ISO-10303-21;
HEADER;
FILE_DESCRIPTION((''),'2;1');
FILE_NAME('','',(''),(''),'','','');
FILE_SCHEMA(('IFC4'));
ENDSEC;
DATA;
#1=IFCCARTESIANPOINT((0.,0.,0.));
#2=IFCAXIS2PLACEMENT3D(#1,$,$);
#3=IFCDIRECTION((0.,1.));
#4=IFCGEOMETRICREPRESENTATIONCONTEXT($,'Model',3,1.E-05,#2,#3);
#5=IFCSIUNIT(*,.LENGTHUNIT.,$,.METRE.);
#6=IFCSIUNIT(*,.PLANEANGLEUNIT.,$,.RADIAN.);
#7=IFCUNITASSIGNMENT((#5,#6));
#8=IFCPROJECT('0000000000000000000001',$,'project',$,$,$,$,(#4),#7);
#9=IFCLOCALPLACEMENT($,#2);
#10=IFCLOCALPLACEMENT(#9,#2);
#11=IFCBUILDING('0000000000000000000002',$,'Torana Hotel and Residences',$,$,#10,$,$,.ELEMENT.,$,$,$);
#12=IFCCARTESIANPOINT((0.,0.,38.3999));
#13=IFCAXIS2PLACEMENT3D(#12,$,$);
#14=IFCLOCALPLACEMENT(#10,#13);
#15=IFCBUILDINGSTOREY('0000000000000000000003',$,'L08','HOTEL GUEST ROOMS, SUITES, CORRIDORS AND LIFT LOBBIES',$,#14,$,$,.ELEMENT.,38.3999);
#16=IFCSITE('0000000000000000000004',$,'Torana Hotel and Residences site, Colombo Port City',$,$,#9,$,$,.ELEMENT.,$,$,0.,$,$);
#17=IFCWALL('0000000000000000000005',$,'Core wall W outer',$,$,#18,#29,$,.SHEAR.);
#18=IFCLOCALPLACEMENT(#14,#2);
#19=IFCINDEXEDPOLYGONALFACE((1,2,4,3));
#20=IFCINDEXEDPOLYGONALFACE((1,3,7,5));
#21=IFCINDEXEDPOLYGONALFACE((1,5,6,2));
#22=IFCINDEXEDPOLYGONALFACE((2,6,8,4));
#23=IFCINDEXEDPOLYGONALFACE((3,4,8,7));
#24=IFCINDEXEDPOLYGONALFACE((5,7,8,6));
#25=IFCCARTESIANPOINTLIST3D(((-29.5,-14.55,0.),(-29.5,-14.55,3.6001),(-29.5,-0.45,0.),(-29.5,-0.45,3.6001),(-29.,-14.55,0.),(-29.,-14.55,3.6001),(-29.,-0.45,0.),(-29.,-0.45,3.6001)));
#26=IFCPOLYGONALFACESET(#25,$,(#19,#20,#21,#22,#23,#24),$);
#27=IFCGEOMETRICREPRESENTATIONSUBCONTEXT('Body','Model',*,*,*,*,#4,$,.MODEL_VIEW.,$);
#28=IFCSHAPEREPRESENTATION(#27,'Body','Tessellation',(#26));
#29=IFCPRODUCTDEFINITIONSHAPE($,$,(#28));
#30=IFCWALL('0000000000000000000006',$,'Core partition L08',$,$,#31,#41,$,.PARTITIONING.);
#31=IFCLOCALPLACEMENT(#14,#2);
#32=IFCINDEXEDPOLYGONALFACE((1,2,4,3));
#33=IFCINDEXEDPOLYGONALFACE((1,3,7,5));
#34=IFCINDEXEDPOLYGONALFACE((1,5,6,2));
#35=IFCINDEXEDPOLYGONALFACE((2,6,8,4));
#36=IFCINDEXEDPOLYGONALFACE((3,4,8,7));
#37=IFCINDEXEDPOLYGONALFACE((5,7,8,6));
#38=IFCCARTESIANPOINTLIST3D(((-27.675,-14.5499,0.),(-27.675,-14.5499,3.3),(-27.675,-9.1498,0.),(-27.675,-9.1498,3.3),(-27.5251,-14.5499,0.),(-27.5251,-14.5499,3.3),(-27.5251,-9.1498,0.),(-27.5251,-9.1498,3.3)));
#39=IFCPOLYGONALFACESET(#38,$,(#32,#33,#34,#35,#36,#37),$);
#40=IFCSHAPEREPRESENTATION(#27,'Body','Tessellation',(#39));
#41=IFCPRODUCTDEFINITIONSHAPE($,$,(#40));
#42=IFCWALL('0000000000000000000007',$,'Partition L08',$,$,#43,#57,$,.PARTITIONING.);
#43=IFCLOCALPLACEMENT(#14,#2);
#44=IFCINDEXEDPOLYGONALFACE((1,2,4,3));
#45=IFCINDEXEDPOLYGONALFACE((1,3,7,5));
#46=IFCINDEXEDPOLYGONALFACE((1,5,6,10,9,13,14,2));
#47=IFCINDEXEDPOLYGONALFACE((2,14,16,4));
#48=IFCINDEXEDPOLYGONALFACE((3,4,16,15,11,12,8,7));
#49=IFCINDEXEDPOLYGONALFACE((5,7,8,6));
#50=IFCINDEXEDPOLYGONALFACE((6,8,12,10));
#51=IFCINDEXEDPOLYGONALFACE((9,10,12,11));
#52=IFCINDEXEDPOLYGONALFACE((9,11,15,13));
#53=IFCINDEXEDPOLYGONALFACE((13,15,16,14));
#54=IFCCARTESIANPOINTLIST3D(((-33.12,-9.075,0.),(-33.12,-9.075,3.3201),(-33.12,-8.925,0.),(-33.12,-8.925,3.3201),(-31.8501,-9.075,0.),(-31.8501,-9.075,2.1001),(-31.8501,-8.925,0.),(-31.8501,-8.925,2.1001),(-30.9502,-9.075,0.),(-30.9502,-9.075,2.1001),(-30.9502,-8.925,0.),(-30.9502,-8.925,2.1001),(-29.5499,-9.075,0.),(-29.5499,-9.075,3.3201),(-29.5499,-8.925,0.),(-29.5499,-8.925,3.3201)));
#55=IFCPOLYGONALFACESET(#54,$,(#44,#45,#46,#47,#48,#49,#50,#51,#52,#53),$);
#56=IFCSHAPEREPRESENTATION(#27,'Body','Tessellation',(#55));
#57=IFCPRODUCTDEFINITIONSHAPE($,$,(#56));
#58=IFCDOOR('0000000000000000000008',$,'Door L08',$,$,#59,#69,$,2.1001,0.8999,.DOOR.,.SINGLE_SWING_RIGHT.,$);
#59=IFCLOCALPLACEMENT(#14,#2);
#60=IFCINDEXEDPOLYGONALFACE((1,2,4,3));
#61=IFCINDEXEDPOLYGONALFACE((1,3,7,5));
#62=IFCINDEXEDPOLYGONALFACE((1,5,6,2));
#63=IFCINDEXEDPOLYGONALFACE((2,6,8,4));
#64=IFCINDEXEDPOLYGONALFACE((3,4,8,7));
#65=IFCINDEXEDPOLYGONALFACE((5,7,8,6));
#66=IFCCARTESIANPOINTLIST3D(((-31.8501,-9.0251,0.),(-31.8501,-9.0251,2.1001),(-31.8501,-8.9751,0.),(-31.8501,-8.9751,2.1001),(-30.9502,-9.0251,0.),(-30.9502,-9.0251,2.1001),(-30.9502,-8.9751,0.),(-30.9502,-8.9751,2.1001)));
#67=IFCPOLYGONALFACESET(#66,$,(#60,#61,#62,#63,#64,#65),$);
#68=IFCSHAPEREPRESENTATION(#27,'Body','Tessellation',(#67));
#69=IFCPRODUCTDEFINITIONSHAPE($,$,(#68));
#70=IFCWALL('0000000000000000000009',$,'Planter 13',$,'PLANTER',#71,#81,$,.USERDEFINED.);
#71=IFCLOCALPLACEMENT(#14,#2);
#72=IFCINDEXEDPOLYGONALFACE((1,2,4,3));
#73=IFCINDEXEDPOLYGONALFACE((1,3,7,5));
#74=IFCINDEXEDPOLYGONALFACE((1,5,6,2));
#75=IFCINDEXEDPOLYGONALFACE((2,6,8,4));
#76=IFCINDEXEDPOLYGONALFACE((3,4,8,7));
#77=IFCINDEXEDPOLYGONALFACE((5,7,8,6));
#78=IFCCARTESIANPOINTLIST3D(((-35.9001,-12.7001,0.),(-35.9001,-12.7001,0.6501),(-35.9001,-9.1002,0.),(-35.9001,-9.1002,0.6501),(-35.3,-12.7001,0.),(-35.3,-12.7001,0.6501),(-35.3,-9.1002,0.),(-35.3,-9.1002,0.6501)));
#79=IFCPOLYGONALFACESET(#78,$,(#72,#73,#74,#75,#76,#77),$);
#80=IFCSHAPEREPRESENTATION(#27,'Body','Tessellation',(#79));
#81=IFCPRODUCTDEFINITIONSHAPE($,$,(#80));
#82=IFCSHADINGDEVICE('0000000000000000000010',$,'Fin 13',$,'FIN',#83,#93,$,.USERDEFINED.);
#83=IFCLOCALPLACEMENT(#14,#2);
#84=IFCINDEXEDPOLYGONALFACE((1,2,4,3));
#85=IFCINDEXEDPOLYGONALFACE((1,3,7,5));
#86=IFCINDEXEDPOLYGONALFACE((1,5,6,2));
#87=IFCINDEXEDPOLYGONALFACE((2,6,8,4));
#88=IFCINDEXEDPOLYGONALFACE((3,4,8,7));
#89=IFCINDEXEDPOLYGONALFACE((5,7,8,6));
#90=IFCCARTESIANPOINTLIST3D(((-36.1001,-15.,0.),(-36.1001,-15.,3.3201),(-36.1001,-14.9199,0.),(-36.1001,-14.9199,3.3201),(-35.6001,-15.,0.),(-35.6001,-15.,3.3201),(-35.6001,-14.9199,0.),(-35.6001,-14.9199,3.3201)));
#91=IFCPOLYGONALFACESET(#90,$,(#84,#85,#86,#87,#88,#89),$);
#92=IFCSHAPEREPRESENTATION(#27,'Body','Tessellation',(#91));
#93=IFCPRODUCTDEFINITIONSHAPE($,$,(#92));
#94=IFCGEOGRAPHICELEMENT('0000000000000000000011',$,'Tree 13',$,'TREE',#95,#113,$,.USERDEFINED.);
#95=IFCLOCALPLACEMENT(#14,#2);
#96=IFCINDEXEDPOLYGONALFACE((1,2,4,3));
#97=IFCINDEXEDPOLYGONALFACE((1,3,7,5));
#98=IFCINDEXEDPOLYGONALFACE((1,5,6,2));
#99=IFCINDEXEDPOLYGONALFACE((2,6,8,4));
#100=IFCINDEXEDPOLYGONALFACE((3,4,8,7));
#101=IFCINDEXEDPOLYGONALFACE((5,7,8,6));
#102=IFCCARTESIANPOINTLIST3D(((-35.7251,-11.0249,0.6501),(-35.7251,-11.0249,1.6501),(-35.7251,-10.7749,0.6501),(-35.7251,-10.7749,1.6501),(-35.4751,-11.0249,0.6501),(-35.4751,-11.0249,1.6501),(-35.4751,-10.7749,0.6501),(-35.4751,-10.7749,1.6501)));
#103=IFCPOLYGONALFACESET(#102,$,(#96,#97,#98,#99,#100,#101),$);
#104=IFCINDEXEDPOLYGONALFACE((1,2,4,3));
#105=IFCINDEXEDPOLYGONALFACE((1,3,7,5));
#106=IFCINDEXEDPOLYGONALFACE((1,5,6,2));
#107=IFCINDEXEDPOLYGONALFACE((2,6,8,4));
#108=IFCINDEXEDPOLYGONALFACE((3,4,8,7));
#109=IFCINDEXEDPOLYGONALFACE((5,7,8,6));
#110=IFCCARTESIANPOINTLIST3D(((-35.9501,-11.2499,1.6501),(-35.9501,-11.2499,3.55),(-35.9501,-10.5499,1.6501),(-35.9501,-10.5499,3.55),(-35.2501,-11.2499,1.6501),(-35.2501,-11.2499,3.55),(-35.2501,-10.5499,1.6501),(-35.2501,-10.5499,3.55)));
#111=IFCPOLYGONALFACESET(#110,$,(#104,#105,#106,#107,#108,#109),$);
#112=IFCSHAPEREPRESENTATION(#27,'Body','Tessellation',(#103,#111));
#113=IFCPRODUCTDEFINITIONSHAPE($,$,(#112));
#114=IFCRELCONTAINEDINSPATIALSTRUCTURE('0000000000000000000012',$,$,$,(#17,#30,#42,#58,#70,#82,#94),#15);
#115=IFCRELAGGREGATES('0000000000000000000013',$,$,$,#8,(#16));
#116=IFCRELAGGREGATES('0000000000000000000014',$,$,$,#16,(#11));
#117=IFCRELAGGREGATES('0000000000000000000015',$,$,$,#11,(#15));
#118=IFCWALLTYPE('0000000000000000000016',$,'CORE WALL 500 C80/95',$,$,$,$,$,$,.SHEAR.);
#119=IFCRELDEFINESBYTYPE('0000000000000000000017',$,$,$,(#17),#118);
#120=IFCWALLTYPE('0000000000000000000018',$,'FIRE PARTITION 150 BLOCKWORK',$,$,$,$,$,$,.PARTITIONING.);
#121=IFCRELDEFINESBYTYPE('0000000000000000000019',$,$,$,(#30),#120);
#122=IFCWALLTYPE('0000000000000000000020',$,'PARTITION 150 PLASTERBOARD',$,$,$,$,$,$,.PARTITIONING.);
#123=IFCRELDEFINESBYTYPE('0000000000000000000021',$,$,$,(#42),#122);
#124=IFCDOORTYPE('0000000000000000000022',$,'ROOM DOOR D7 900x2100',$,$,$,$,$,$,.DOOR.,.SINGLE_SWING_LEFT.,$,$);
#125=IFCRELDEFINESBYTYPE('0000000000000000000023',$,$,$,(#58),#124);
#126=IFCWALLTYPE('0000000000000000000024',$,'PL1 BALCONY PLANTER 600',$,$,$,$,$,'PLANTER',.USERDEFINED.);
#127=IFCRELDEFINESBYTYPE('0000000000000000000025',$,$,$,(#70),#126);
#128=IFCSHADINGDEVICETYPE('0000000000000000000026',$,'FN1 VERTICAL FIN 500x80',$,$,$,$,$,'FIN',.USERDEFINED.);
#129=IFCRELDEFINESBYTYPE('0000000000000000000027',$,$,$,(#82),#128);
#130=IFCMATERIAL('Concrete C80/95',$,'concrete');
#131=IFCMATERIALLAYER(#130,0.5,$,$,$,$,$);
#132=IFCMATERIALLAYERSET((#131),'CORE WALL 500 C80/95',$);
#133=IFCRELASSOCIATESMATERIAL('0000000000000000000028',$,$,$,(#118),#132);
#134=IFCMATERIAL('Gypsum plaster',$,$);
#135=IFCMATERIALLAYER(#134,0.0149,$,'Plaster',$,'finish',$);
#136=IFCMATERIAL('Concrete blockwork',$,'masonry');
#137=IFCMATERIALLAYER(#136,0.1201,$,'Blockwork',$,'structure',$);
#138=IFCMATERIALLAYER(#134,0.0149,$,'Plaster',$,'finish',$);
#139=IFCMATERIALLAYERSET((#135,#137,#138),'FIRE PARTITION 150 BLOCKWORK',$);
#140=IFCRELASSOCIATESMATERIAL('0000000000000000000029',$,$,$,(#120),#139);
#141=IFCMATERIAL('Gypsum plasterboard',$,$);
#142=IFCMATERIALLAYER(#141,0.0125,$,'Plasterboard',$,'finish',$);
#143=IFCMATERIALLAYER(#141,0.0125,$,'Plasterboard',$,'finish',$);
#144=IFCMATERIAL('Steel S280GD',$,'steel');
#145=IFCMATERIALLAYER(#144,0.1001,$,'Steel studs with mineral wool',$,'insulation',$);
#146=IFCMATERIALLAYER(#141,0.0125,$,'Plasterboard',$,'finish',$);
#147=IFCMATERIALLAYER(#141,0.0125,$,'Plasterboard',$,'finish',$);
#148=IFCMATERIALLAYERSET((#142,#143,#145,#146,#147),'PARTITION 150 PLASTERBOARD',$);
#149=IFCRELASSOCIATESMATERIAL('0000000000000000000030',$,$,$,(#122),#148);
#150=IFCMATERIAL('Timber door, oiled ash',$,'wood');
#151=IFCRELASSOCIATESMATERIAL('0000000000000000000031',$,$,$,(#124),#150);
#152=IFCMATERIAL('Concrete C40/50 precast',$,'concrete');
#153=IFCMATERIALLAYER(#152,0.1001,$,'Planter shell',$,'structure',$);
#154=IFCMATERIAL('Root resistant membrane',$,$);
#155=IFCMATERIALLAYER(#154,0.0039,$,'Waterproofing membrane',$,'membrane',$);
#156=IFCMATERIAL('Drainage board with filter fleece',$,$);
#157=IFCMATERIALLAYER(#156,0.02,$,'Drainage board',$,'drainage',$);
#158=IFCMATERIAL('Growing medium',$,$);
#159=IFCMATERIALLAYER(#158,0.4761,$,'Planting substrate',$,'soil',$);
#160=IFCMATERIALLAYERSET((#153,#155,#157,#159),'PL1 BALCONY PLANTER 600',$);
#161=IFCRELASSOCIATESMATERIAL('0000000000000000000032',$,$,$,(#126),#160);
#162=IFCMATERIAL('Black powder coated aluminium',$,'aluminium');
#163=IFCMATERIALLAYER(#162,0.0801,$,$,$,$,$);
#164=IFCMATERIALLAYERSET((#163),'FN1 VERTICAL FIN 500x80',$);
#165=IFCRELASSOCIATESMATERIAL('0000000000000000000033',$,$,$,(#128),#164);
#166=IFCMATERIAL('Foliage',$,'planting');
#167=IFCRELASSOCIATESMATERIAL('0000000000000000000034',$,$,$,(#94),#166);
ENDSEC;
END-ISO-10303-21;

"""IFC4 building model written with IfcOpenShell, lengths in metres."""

from ifc_helpers import new_model, si_unit, direction, frame, frame_2d, origin, origin_2d, place, context, subcontext, project, spatial, rectangle, extrude, material, layer, layer_set, type_object, element, fill, save


model = new_model("IFC4")

# Units and contexts
model_context = context("Model", 3, precision=1e-05, world=origin(), true_north=direction((0.0, 1.0)))
body_context = subcontext(model_context, "Body", "Model", "MODEL_VIEW")
ifc_project = project(units=[si_unit("LENGTHUNIT", "METRE"), si_unit("PLANEANGLEUNIT", "RADIAN")], contexts=[model_context])

# Site, building, storey
site_placement = place(None, origin())
site = spatial("IfcSite", under=ifc_project, at=site_placement, Name="Torana Hotel and Residences site, Colombo Port City", CompositionType="ELEMENT", RefElevation=0.0)
building_placement = place(site_placement, origin())
building = spatial("IfcBuilding", under=site, at=building_placement, Name="Torana Hotel and Residences", CompositionType="ELEMENT")
storey_placement = place(building_placement, frame((0.0, 0.0, 38.3999)))
storey = spatial("IfcBuildingStorey", under=building, at=storey_placement, Name="L08", Description="HOTEL GUEST ROOMS, SUITES, CORRIDORS AND LIFT LOBBIES", CompositionType="ELEMENT", Elevation=38.3999)

# Walls
ifc_material_1 = material(Name="Concrete C80/95", Category="concrete")
ifc_layer_1 = layer(ifc_material_1, 0.5)
ifc_layer_set_1 = layer_set([ifc_layer_1], Name="CORE WALL 500 C80/95")
wall_type_1 = type_object("IfcWallType", Name="CORE WALL 500 C80/95", PredefinedType="SHEAR", material=ifc_layer_set_1)
wall_1_placement = place(storey_placement, frame((-29.25, -14.55, 0.0), z_axis=(0.0, 0.0, 1.0), x_axis=(0.0, 1.0, 0.0)))
element("IfcWall", 1, at=wall_1_placement, inside=storey, type_object=wall_type_1, Name="Core wall W outer", PredefinedType="SHEAR", context=body_context, shape_type="SweptSolid", body=[
    extrude(rectangle(XDim=14.1001, YDim=0.5, at=frame_2d((7.05, 0.0))), origin(), (0.0, 0.0, 1.0), 3.6001),
])
ifc_material_2 = material(Name="Gypsum plaster")
ifc_layer_2 = layer(ifc_material_2, 0.0149, Name="Plaster", Category="finish")
ifc_material_3 = material(Name="Concrete blockwork", Category="masonry")
ifc_layer_3 = layer(ifc_material_3, 0.1201, Name="Blockwork", Category="structure")
ifc_layer_4 = layer(ifc_material_2, 0.0149, Name="Plaster", Category="finish")
ifc_layer_set_2 = layer_set([ifc_layer_2, ifc_layer_3, ifc_layer_4], Name="FIRE PARTITION 150 BLOCKWORK")
wall_type_2 = type_object("IfcWallType", Name="FIRE PARTITION 150 BLOCKWORK", PredefinedType="PARTITIONING", material=ifc_layer_set_2)
wall_2_placement = place(storey_placement, frame((-27.6001, -14.55, 0.0), z_axis=(0.0, 0.0, 1.0), x_axis=(0.0, 1.0, 0.0)))
element("IfcWall", 2, at=wall_2_placement, inside=storey, type_object=wall_type_2, Name="Core partition L08", PredefinedType="PARTITIONING", context=body_context, shape_type="SweptSolid", body=[
    extrude(rectangle(XDim=5.4001, YDim=0.1499, at=frame_2d((2.7002, 0.0))), origin(), (0.0, 0.0, 1.0), 3.3),
])

# Wall, opening, door
ifc_material_4 = material(Name="Gypsum plasterboard")
ifc_layer_5 = layer(ifc_material_4, 0.0125, Name="Plasterboard", Category="finish")
ifc_layer_6 = layer(ifc_material_4, 0.0125, Name="Plasterboard", Category="finish")
ifc_material_5 = material(Name="Steel S280GD", Category="steel")
ifc_layer_7 = layer(ifc_material_5, 0.1001, Name="Steel studs with mineral wool", Category="insulation")
ifc_layer_8 = layer(ifc_material_4, 0.0125, Name="Plasterboard", Category="finish")
ifc_layer_9 = layer(ifc_material_4, 0.0125, Name="Plasterboard", Category="finish")
ifc_layer_set_3 = layer_set([ifc_layer_5, ifc_layer_6, ifc_layer_7, ifc_layer_8, ifc_layer_9], Name="PARTITION 150 PLASTERBOARD")
wall_type_3 = type_object("IfcWallType", Name="PARTITION 150 PLASTERBOARD", PredefinedType="PARTITIONING", material=ifc_layer_set_3)
wall_3_placement = place(storey_placement, frame((-33.1201, -9.0, 0.0), z_axis=(0.0, 0.0, 1.0), x_axis=(1.0, 0.0, 0.0)))
wall_3 = element("IfcWall", 3, at=wall_3_placement, inside=storey, type_object=wall_type_3, Name="Partition L08", PredefinedType="PARTITIONING", context=body_context, shape_type="SweptSolid", body=[
    extrude(rectangle(XDim=3.5701, YDim=0.1499, at=frame_2d((1.7852, 0.0))), origin(), (0.0, 0.0, 1.0), 3.3201),
])
opening_1_placement = place(wall_3_placement, frame((1.27, 0.0, 0.0)))
opening_1 = element("IfcOpeningElement", 4, at=opening_1_placement, cuts=wall_3, PredefinedType="OPENING", context=body_context, shape_type="SweptSolid", body=[
    extrude(rectangle(XDim=0.8999, YDim=2.1001, at=frame_2d((0.45, 1.05))), frame((0.0, 0.085, 0.0), z_axis=(0.0, -1.0, 0.0), x_axis=(1.0, 0.0, 0.0)), (0.0, 0.0, 1.0), 0.1699),
])
ifc_material_6 = material(Name="Timber door, oiled ash", Category="wood")
door_type_1 = type_object("IfcDoorType", Name="ROOM DOOR D7 900x2100", OperationType="SINGLE_SWING_LEFT", PredefinedType="DOOR", material=ifc_material_6)
door_1_placement = place(opening_1_placement, origin())
door_1 = element("IfcDoor", 5, at=door_1_placement, inside=storey, type_object=door_type_1, Name="Door L08", OperationType="SINGLE_SWING_RIGHT", OverallHeight=2.1001, OverallWidth=0.8999, PredefinedType="DOOR", context=body_context, shape_type="SweptSolid", body=[
    extrude(rectangle(XDim=0.8999, YDim=2.1001, at=frame_2d((0.45, 1.05))), frame((0.0, 0.0249, 0.0), z_axis=(0.0, -1.0, 0.0), x_axis=(1.0, 0.0, 0.0)), (0.0, 0.0, 1.0), 0.05),
])
fill(opening_1, door_1)

# Wall
ifc_material_7 = material(Name="Concrete C40/50 precast", Category="concrete")
ifc_layer_10 = layer(ifc_material_7, 0.1001, Name="Planter shell", Category="structure")
ifc_material_8 = material(Name="Root resistant membrane")
ifc_layer_11 = layer(ifc_material_8, 0.0039, Name="Waterproofing membrane", Category="membrane")
ifc_material_9 = material(Name="Drainage board with filter fleece")
ifc_layer_12 = layer(ifc_material_9, 0.02, Name="Drainage board", Category="drainage")
ifc_material_10 = material(Name="Growing medium")
ifc_layer_13 = layer(ifc_material_10, 0.4761, Name="Planting substrate", Category="soil")
ifc_layer_set_4 = layer_set([ifc_layer_10, ifc_layer_11, ifc_layer_12, ifc_layer_13], Name="PL1 BALCONY PLANTER 600")
wall_type_4 = type_object("IfcWallType", Name="PL1 BALCONY PLANTER 600", ElementType="PLANTER", PredefinedType="USERDEFINED", material=ifc_layer_set_4)
wall_4_placement = place(storey_placement, frame((-35.6001, -12.7, 0.0), z_axis=(0.0, 0.0, 1.0), x_axis=(0.0, 1.0, 0.0)))
element("IfcWall", 6, at=wall_4_placement, inside=storey, type_object=wall_type_4, Name="Planter 13", ObjectType="PLANTER", PredefinedType="USERDEFINED", context=body_context, shape_type="SweptSolid", body=[
    extrude(rectangle(XDim=3.5999, YDim=0.6001, at=frame_2d((1.7998, 0.0))), origin(), (0.0, 0.0, 1.0), 0.6501),
])

# Shading device
ifc_material_11 = material(Name="Black powder coated aluminium", Category="aluminium")
ifc_layer_14 = layer(ifc_material_11, 0.0801)
ifc_layer_set_5 = layer_set([ifc_layer_14], Name="FN1 VERTICAL FIN 500x80")
shading_device_type = type_object("IfcShadingDeviceType", Name="FN1 VERTICAL FIN 500x80", ElementType="FIN", PredefinedType="USERDEFINED", material=ifc_layer_set_5)
shading_device_placement = place(storey_placement, frame((-35.8501, -14.96, 0.0), z_axis=(0.0, 0.0, 1.0), x_axis=(0.0, 1.0, 0.0)))
element("IfcShadingDevice", 7, at=shading_device_placement, inside=storey, type_object=shading_device_type, Name="Fin 13", ObjectType="FIN", PredefinedType="USERDEFINED", context=body_context, shape_type="SweptSolid", body=[
    extrude(rectangle(XDim=0.0801, YDim=0.5, at=origin_2d()), origin(), (0.0, 0.0, 1.0), 3.3201),
])

# Geographic element
ifc_material_12 = material(Name="Foliage", Category="planting")
geographic_element_placement = place(storey_placement, frame((-35.6001, -10.8999, 0.6501), z_axis=(0.0, 0.0, 1.0), x_axis=(1.0, 0.0, 0.0)))
element("IfcGeographicElement", 8, at=geographic_element_placement, inside=storey, material=ifc_material_12, Name="Tree 13", ObjectType="TREE", PredefinedType="USERDEFINED", context=body_context, shape_type="SweptSolid", body=[
    extrude(rectangle(XDim=0.25, YDim=0.25, at=origin_2d()), origin(), (0.0, 0.0, 1.0), 1.0),
    extrude(rectangle(XDim=0.7, YDim=0.7, at=origin_2d()), frame((0.0, 0.0, 1.0)), (0.0, 0.0, 1.0), 1.8999),
])

save(model, "model.ifc")
